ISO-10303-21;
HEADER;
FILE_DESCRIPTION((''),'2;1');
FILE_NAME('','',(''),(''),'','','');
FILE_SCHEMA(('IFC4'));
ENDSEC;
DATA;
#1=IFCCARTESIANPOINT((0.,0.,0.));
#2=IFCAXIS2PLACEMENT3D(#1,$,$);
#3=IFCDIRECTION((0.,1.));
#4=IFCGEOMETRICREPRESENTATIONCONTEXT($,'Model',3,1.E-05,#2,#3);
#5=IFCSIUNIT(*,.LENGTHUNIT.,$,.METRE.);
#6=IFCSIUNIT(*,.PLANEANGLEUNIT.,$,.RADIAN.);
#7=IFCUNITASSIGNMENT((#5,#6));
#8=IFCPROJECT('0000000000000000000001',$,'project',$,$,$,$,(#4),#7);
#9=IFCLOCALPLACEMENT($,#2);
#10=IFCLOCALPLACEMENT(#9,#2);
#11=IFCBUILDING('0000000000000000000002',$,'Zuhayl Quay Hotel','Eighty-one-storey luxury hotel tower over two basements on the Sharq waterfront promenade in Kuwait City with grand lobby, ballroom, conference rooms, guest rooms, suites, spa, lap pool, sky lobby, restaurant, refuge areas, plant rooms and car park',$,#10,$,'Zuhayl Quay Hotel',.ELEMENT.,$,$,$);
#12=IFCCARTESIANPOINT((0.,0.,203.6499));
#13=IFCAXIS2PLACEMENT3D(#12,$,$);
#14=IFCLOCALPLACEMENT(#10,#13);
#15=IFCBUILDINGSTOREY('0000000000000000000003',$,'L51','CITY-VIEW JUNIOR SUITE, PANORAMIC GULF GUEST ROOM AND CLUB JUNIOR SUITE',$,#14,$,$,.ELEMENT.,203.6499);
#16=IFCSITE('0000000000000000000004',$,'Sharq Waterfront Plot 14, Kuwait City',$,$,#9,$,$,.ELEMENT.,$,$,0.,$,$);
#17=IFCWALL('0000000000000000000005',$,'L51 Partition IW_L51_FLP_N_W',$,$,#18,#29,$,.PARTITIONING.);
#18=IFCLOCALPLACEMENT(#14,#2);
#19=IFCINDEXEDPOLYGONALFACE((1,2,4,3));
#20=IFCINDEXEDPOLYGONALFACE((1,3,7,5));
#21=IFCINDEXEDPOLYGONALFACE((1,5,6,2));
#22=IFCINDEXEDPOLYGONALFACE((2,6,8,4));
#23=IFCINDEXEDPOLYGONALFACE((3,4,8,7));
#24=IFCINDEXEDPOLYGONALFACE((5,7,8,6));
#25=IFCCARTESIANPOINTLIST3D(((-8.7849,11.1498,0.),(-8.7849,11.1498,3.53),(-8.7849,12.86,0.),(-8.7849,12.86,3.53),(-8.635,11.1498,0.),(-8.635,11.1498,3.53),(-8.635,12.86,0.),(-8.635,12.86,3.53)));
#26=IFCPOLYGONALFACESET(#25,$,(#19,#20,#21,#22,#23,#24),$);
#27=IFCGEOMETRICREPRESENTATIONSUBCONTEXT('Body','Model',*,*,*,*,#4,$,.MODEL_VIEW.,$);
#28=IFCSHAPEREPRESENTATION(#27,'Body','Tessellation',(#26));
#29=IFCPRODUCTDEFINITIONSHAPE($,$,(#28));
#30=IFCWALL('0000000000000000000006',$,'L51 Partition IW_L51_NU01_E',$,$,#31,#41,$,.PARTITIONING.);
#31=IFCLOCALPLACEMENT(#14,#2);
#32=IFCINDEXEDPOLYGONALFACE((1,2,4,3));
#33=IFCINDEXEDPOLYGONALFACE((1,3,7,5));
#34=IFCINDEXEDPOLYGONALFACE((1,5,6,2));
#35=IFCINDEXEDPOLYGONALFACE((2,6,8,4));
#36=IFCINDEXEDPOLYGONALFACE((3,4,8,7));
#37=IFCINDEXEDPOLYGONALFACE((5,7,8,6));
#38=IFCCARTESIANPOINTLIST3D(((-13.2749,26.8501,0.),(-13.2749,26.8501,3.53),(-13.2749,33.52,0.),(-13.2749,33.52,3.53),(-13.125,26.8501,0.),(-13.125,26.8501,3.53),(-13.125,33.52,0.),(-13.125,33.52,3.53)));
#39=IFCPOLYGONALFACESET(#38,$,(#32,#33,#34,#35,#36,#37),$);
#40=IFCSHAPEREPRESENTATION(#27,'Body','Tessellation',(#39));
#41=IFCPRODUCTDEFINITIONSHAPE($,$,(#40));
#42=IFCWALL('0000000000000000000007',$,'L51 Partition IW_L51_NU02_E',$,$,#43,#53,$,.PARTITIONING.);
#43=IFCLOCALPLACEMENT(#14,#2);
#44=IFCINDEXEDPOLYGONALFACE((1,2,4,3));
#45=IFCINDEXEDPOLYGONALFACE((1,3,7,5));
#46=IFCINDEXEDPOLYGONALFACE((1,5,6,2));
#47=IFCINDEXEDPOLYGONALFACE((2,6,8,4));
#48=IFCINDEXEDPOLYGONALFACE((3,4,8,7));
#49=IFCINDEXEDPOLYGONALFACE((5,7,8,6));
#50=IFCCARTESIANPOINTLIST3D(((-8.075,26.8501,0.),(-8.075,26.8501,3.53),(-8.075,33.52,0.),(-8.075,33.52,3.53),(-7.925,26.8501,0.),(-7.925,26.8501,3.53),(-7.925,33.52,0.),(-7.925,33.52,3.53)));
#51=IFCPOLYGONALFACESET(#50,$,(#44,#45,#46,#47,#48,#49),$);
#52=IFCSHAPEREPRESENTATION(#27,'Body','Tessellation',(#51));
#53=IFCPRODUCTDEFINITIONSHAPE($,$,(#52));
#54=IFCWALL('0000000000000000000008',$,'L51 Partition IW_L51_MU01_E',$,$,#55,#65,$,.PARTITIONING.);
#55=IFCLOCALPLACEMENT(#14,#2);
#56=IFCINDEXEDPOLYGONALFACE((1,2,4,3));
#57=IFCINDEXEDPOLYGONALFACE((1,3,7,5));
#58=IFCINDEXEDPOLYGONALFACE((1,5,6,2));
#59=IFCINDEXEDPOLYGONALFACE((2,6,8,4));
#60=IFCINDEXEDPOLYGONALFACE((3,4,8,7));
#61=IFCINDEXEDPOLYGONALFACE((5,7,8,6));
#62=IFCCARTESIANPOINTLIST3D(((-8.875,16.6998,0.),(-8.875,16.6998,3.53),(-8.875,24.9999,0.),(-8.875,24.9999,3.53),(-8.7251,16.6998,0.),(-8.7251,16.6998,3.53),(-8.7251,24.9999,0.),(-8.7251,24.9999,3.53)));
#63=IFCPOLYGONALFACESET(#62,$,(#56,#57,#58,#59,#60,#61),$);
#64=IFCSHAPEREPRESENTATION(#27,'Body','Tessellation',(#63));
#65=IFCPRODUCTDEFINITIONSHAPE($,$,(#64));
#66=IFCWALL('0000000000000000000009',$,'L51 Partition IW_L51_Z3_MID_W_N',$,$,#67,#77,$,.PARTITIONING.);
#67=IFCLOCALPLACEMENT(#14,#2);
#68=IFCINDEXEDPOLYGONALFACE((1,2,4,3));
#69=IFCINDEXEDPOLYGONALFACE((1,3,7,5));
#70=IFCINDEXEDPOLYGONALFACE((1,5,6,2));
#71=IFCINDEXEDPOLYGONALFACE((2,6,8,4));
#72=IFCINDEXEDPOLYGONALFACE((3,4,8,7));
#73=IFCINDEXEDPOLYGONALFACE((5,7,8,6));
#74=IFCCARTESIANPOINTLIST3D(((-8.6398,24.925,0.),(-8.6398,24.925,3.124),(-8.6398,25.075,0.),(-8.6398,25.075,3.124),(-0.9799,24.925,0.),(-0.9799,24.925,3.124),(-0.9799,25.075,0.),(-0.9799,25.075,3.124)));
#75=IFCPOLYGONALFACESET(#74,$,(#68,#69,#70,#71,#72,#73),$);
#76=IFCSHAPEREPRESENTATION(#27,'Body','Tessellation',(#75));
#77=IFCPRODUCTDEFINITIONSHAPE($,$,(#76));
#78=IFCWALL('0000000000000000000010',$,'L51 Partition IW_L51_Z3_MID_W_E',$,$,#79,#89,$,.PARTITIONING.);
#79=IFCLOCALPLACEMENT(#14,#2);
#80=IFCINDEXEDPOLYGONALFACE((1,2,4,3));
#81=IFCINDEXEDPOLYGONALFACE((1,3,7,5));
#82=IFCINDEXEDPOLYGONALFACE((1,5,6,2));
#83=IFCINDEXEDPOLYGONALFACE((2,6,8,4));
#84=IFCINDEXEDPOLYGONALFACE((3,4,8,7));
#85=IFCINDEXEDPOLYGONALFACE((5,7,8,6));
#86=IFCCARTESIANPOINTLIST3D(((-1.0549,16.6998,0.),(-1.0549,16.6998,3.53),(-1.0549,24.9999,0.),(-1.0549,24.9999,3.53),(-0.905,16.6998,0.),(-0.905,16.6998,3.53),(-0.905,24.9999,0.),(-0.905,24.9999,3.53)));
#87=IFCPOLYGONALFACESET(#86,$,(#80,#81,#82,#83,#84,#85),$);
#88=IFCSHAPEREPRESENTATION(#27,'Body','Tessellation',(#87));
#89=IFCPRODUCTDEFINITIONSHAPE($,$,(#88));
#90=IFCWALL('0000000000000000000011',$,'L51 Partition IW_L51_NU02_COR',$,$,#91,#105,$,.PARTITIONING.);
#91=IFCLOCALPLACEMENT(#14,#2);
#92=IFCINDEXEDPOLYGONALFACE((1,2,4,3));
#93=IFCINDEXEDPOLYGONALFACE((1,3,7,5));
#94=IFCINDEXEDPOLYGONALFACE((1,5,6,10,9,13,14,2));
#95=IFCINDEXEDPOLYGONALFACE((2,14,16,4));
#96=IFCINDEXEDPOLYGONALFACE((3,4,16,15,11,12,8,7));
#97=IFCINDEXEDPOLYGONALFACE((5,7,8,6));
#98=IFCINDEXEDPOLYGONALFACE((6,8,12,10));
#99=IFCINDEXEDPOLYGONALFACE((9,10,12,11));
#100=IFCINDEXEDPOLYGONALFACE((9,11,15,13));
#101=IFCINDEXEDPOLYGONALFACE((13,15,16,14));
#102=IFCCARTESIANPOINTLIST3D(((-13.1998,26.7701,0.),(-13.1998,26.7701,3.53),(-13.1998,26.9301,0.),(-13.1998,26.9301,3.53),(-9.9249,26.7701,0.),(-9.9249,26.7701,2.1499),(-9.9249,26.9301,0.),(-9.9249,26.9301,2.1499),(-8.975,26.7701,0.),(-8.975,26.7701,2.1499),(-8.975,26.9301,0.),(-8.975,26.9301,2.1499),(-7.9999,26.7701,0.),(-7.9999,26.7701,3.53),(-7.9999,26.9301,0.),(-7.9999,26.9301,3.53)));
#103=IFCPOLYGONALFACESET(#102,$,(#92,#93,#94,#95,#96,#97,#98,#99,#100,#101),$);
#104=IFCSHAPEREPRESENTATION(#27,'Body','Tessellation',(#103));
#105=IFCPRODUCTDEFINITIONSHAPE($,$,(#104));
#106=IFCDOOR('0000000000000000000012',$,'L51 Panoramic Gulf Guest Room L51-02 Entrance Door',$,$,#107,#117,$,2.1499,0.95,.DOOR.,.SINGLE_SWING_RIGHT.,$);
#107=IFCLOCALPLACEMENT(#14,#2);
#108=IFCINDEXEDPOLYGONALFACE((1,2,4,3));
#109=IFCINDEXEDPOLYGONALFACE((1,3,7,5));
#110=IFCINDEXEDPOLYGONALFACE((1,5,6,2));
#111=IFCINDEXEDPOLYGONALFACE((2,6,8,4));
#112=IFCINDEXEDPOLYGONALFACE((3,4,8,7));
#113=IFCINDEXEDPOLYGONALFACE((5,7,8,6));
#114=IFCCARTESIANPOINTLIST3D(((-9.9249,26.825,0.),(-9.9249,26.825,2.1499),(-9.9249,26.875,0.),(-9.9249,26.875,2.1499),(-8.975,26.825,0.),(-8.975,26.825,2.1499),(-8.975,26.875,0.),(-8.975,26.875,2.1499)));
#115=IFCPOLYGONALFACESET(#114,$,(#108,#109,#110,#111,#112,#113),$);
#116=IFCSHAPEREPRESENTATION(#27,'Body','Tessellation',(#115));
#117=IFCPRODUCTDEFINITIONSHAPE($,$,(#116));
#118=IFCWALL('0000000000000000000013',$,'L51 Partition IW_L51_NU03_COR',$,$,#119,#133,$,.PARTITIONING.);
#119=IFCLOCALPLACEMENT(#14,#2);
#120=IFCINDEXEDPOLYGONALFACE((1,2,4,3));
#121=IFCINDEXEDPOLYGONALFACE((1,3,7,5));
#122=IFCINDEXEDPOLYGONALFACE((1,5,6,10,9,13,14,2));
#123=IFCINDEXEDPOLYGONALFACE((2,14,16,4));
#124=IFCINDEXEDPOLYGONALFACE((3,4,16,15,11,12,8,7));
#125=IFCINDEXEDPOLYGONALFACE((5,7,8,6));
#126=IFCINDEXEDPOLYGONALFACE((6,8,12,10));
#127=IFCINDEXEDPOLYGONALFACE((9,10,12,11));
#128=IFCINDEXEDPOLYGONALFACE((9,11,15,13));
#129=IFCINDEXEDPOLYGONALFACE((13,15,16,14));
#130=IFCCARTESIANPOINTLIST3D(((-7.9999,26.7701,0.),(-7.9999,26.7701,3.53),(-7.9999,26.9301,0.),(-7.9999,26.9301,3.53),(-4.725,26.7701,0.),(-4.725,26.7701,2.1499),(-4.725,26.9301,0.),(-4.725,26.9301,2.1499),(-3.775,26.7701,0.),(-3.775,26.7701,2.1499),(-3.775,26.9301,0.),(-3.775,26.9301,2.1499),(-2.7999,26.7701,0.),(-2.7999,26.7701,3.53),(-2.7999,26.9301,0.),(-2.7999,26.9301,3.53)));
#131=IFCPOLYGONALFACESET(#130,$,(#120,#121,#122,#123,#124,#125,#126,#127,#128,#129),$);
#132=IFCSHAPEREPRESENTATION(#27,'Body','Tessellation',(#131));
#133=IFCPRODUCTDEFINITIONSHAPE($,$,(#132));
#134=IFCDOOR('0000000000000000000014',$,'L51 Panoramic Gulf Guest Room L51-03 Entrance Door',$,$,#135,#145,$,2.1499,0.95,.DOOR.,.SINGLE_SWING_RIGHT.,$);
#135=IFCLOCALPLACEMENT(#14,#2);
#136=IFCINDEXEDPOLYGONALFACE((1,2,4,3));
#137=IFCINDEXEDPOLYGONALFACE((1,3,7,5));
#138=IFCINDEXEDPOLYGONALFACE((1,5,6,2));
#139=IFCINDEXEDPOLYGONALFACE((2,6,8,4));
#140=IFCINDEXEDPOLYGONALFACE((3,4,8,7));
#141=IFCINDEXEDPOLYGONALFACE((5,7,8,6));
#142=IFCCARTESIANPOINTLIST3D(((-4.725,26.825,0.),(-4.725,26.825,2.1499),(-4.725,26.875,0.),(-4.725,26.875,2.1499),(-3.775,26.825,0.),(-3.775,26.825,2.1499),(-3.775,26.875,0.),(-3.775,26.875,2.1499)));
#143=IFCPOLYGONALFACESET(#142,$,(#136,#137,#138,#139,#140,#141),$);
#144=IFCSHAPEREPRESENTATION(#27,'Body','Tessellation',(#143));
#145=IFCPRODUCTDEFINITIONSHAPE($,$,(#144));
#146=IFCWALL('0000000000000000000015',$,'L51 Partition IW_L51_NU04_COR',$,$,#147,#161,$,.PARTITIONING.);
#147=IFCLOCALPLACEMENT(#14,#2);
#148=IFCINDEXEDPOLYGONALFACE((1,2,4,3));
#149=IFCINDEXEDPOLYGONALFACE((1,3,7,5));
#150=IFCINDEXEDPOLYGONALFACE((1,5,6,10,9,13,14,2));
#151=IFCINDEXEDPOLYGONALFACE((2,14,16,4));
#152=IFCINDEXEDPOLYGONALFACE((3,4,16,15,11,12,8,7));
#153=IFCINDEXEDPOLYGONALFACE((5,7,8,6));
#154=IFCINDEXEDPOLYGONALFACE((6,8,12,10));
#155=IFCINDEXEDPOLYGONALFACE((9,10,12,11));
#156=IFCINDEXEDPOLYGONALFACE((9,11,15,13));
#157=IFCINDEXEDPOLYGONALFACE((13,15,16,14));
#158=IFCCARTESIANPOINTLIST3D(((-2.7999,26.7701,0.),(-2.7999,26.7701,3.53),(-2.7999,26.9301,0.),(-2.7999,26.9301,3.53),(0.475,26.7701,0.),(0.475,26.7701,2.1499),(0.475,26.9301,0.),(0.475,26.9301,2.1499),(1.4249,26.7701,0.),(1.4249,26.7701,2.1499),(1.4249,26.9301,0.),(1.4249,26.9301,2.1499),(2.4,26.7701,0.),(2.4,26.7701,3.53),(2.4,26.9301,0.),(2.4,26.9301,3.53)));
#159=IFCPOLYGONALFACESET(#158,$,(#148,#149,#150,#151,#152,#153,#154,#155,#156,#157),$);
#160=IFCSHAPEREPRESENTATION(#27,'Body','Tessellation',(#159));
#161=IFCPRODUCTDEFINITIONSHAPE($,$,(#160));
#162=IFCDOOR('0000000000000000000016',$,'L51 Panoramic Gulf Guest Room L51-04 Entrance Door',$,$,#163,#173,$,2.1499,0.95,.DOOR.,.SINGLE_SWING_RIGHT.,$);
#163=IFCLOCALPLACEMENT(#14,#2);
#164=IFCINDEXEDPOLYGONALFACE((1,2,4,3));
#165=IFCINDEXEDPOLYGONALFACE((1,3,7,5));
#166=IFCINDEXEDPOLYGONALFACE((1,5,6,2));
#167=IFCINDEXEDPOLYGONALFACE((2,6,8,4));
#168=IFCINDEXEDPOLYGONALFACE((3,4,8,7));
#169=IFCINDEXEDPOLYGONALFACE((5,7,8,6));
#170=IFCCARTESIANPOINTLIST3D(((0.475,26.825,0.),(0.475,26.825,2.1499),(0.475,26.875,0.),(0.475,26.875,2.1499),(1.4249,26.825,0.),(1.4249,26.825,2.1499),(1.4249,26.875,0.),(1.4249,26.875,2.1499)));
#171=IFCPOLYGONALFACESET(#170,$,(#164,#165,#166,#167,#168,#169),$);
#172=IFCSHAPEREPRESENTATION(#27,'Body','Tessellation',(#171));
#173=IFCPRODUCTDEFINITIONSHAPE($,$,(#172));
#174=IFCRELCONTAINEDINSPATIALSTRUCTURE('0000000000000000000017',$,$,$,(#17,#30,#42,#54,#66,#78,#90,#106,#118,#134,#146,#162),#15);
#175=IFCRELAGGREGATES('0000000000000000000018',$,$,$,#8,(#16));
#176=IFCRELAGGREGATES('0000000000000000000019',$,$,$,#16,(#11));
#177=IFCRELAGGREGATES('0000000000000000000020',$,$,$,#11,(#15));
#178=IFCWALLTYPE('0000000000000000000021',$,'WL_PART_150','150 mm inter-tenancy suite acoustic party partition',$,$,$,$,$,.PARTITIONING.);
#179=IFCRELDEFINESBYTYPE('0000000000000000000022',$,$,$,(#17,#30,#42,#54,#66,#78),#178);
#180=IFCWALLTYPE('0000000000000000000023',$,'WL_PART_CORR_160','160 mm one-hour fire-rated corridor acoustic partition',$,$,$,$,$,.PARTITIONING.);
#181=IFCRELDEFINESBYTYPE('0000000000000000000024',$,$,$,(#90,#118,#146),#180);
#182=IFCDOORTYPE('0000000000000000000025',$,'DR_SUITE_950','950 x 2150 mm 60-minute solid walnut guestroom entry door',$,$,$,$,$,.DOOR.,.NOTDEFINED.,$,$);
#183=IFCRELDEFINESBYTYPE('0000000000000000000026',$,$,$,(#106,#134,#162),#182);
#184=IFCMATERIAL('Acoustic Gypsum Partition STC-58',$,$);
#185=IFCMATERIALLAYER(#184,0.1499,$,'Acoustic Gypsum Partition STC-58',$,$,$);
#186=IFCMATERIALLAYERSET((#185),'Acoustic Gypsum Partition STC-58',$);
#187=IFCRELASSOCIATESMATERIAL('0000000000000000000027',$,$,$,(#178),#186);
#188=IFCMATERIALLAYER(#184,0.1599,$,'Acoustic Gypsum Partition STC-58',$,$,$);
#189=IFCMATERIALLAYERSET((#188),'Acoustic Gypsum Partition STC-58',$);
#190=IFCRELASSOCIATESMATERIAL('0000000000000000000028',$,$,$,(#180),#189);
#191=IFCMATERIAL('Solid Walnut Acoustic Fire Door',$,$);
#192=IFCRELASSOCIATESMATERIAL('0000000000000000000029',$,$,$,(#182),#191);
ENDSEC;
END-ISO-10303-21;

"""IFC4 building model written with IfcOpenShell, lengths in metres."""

from ifc_helpers import new_model, si_unit, direction, frame, frame_2d, origin, place, context, subcontext, project, spatial, rectangle, extrude, material, layer, layer_set, type_object, element, fill, save


model = new_model("IFC4")

# Units and contexts
model_context = context("Model", 3, precision=1e-05, world=origin(), true_north=direction((0.0, 1.0)))
body_context = subcontext(model_context, "Body", "Model", "MODEL_VIEW")
ifc_project = project(units=[si_unit("LENGTHUNIT", "METRE"), si_unit("PLANEANGLEUNIT", "RADIAN")], contexts=[model_context])

# Site, building, storey
site_placement = place(None, origin())
site = spatial("IfcSite", under=ifc_project, at=site_placement, Name="Sharq Waterfront Plot 14, Kuwait City", CompositionType="ELEMENT", RefElevation=0.0)
building_placement = place(site_placement, origin())
building = spatial("IfcBuilding", under=site, at=building_placement, Name="Zuhayl Quay Hotel", Description="Eighty-one-storey luxury hotel tower over two basements on the Sharq waterfront promenade in Kuwait City with grand lobby, ballroom, conference rooms, guest rooms, suites, spa, lap pool, sky lobby, restaurant, refuge areas, plant rooms and car park", LongName="Zuhayl Quay Hotel", CompositionType="ELEMENT")
storey_placement = place(building_placement, frame((0.0, 0.0, 203.6499)))
storey = spatial("IfcBuildingStorey", under=building, at=storey_placement, Name="L51", Description="CITY-VIEW JUNIOR SUITE, PANORAMIC GULF GUEST ROOM AND CLUB JUNIOR SUITE", CompositionType="ELEMENT", Elevation=203.6499)

# Shared definitions
ifc_material_1 = material(Name="Acoustic Gypsum Partition STC-58")
ifc_layer_1 = layer(ifc_material_1, 0.1499, Name="Acoustic Gypsum Partition STC-58")
ifc_layer_set_1 = layer_set([ifc_layer_1], Name="Acoustic Gypsum Partition STC-58")
wall_type_1 = type_object("IfcWallType", Name="WL_PART_150", Description="150 mm inter-tenancy suite acoustic party partition", PredefinedType="PARTITIONING", material=ifc_layer_set_1)

# Walls
wall_1_placement = place(storey_placement, frame((-8.71, 11.1499, 0.0), z_axis=(0.0, 0.0, 1.0), x_axis=(0.0, 1.0, 0.0)))
element("IfcWall", 1, at=wall_1_placement, inside=storey, type_object=wall_type_1, Name="L51 Partition IW_L51_FLP_N_W", PredefinedType="PARTITIONING", context=body_context, shape_type="SweptSolid", body=[
    extrude(rectangle(XDim=1.7102, YDim=0.1499, at=frame_2d((0.855, 0.0))), origin(), (0.0, 0.0, 1.0), 3.53),
])
for number, where, z_axis, x_axis, name in (
    (2, (-13.2, 26.8501, 0.0), (0.0, 0.0, 1.0), (0.0, 1.0, 0.0), "L51 Partition IW_L51_NU01_E"),
    (3, (-8.0, 26.8501, 0.0), (0.0, 0.0, 1.0), (0.0, 1.0, 0.0), "L51 Partition IW_L51_NU02_E"),
):
    element("IfcWall", number, at=place(storey_placement, frame(where, z_axis=z_axis, x_axis=x_axis)), inside=storey, type_object=wall_type_1, Name=name, PredefinedType="PARTITIONING", context=body_context, shape_type="SweptSolid", body=[
        extrude(rectangle(XDim=6.6699, YDim=0.1499, at=frame_2d((3.335, 0.0))), origin(), (0.0, 0.0, 1.0), 3.53),
    ])
wall_2_placement = place(storey_placement, frame((-8.8, 16.7, 0.0), z_axis=(0.0, 0.0, 1.0), x_axis=(0.0, 1.0, 0.0)))
element("IfcWall", 4, at=wall_2_placement, inside=storey, type_object=wall_type_1, Name="L51 Partition IW_L51_MU01_E", PredefinedType="PARTITIONING", context=body_context, shape_type="SweptSolid", body=[
    extrude(rectangle(XDim=8.3, YDim=0.1499, at=frame_2d((4.1499, 0.0))), origin(), (0.0, 0.0, 1.0), 3.53),
])
wall_3_placement = place(storey_placement, frame((-8.6399, 25.0, 0.0), z_axis=(0.0, 0.0, 1.0), x_axis=(1.0, 0.0, 0.0)))
element("IfcWall", 5, at=wall_3_placement, inside=storey, type_object=wall_type_1, Name="L51 Partition IW_L51_Z3_MID_W_N", PredefinedType="PARTITIONING", context=body_context, shape_type="SweptSolid", body=[
    extrude(rectangle(XDim=7.6599, YDim=0.1499, at=frame_2d((3.8301, 0.0))), origin(), (0.0, 0.0, 1.0), 3.124),
])
wall_4_placement = place(storey_placement, frame((-0.98, 16.7, 0.0), z_axis=(0.0, 0.0, 1.0), x_axis=(0.0, 1.0, 0.0)))
element("IfcWall", 6, at=wall_4_placement, inside=storey, type_object=wall_type_1, Name="L51 Partition IW_L51_Z3_MID_W_E", PredefinedType="PARTITIONING", context=body_context, shape_type="SweptSolid", body=[
    extrude(rectangle(XDim=8.3, YDim=0.1499, at=frame_2d((4.1499, 0.0))), origin(), (0.0, 0.0, 1.0), 3.53),
])

# Walls, openings, doors
ifc_layer_2 = layer(ifc_material_1, 0.1599, Name="Acoustic Gypsum Partition STC-58")
ifc_layer_set_2 = layer_set([ifc_layer_2], Name="Acoustic Gypsum Partition STC-58")
wall_type_2 = type_object("IfcWallType", Name="WL_PART_CORR_160", Description="160 mm one-hour fire-rated corridor acoustic partition", PredefinedType="PARTITIONING", material=ifc_layer_set_2)
wall_5_placement = place(storey_placement, frame((-13.2, 26.8501, 0.0), z_axis=(0.0, 0.0, 1.0), x_axis=(1.0, 0.0, 0.0)))
wall_5 = element("IfcWall", 7, at=wall_5_placement, inside=storey, type_object=wall_type_2, Name="L51 Partition IW_L51_NU02_COR", PredefinedType="PARTITIONING", context=body_context, shape_type="SweptSolid", body=[
    extrude(rectangle(XDim=5.2, YDim=0.1599, at=frame_2d((2.6001, 0.0))), origin(), (0.0, 0.0, 1.0), 3.53),
])
opening_1_placement = place(wall_5_placement, frame((3.2749, 0.0, 0.0)))
opening_1 = element("IfcOpeningElement", 8, at=opening_1_placement, cuts=wall_5, PredefinedType="OPENING", context=body_context, shape_type="SweptSolid", body=[
    extrude(rectangle(XDim=0.95, YDim=2.1499, at=frame_2d((0.4751, 1.075))), frame((0.0, 0.0898, 0.0), z_axis=(0.0, -1.0, 0.0), x_axis=(1.0, 0.0, 0.0)), (0.0, 0.0, 1.0), 0.1799),
])
ifc_material_2 = material(Name="Solid Walnut Acoustic Fire Door")
door_type_1 = type_object("IfcDoorType", Name="DR_SUITE_950", Description="950 x 2150 mm 60-minute solid walnut guestroom entry door", OperationType="NOTDEFINED", PredefinedType="DOOR", material=ifc_material_2)
door_1_placement = place(opening_1_placement, origin())
door_1 = element("IfcDoor", 9, at=door_1_placement, inside=storey, type_object=door_type_1, Name="L51 Panoramic Gulf Guest Room L51-02 Entrance Door", OperationType="SINGLE_SWING_RIGHT", OverallHeight=2.1499, OverallWidth=0.95, PredefinedType="DOOR", context=body_context, shape_type="SweptSolid", body=[
    extrude(rectangle(XDim=0.95, YDim=2.1499, at=frame_2d((0.4751, 1.075))), frame((0.0, 0.0249, 0.0), z_axis=(0.0, -1.0, 0.0), x_axis=(1.0, 0.0, 0.0)), (0.0, 0.0, 1.0), 0.05),
])
fill(opening_1, door_1)
wall_6_placement = place(storey_placement, frame((-8.0, 26.8501, 0.0), z_axis=(0.0, 0.0, 1.0), x_axis=(1.0, 0.0, 0.0)))
wall_6 = element("IfcWall", 10, at=wall_6_placement, inside=storey, type_object=wall_type_2, Name="L51 Partition IW_L51_NU03_COR", PredefinedType="PARTITIONING", context=body_context, shape_type="SweptSolid", body=[
    extrude(rectangle(XDim=5.2, YDim=0.1599, at=frame_2d((2.6001, 0.0))), origin(), (0.0, 0.0, 1.0), 3.53),
])
opening_2_placement = place(wall_6_placement, frame((3.2749, 0.0, 0.0)))
opening_2 = element("IfcOpeningElement", 11, at=opening_2_placement, cuts=wall_6, PredefinedType="OPENING", context=body_context, shape_type="SweptSolid", body=[
    extrude(rectangle(XDim=0.95, YDim=2.1499, at=frame_2d((0.4751, 1.075))), frame((0.0, 0.0898, 0.0), z_axis=(0.0, -1.0, 0.0), x_axis=(1.0, 0.0, 0.0)), (0.0, 0.0, 1.0), 0.1799),
])
door_2_placement = place(opening_2_placement, origin())
door_2 = element("IfcDoor", 12, at=door_2_placement, inside=storey, type_object=door_type_1, Name="L51 Panoramic Gulf Guest Room L51-03 Entrance Door", OperationType="SINGLE_SWING_RIGHT", OverallHeight=2.1499, OverallWidth=0.95, PredefinedType="DOOR", context=body_context, shape_type="SweptSolid", body=[
    extrude(rectangle(XDim=0.95, YDim=2.1499, at=frame_2d((0.4751, 1.075))), frame((0.0, 0.0249, 0.0), z_axis=(0.0, -1.0, 0.0), x_axis=(1.0, 0.0, 0.0)), (0.0, 0.0, 1.0), 0.05),
])
fill(opening_2, door_2)
wall_7_placement = place(storey_placement, frame((-2.8, 26.8501, 0.0), z_axis=(0.0, 0.0, 1.0), x_axis=(1.0, 0.0, 0.0)))
wall_7 = element("IfcWall", 13, at=wall_7_placement, inside=storey, type_object=wall_type_2, Name="L51 Partition IW_L51_NU04_COR", PredefinedType="PARTITIONING", context=body_context, shape_type="SweptSolid", body=[
    extrude(rectangle(XDim=5.2, YDim=0.1599, at=frame_2d((2.6001, 0.0))), origin(), (0.0, 0.0, 1.0), 3.53),
])
opening_3_placement = place(wall_7_placement, frame((3.2749, 0.0, 0.0)))
opening_3 = element("IfcOpeningElement", 14, at=opening_3_placement, cuts=wall_7, PredefinedType="OPENING", context=body_context, shape_type="SweptSolid", body=[
    extrude(rectangle(XDim=0.95, YDim=2.1499, at=frame_2d((0.4751, 1.075))), frame((0.0, 0.0898, 0.0), z_axis=(0.0, -1.0, 0.0), x_axis=(1.0, 0.0, 0.0)), (0.0, 0.0, 1.0), 0.1799),
])
door_3_placement = place(opening_3_placement, origin())
door_3 = element("IfcDoor", 15, at=door_3_placement, inside=storey, type_object=door_type_1, Name="L51 Panoramic Gulf Guest Room L51-04 Entrance Door", OperationType="SINGLE_SWING_RIGHT", OverallHeight=2.1499, OverallWidth=0.95, PredefinedType="DOOR", context=body_context, shape_type="SweptSolid", body=[
    extrude(rectangle(XDim=0.95, YDim=2.1499, at=frame_2d((0.4751, 1.075))), frame((0.0, 0.0249, 0.0), z_axis=(0.0, -1.0, 0.0), x_axis=(1.0, 0.0, 0.0)), (0.0, 0.0, 1.0), 0.05),
])
fill(opening_3, door_3)

save(model, "model.ifc")
